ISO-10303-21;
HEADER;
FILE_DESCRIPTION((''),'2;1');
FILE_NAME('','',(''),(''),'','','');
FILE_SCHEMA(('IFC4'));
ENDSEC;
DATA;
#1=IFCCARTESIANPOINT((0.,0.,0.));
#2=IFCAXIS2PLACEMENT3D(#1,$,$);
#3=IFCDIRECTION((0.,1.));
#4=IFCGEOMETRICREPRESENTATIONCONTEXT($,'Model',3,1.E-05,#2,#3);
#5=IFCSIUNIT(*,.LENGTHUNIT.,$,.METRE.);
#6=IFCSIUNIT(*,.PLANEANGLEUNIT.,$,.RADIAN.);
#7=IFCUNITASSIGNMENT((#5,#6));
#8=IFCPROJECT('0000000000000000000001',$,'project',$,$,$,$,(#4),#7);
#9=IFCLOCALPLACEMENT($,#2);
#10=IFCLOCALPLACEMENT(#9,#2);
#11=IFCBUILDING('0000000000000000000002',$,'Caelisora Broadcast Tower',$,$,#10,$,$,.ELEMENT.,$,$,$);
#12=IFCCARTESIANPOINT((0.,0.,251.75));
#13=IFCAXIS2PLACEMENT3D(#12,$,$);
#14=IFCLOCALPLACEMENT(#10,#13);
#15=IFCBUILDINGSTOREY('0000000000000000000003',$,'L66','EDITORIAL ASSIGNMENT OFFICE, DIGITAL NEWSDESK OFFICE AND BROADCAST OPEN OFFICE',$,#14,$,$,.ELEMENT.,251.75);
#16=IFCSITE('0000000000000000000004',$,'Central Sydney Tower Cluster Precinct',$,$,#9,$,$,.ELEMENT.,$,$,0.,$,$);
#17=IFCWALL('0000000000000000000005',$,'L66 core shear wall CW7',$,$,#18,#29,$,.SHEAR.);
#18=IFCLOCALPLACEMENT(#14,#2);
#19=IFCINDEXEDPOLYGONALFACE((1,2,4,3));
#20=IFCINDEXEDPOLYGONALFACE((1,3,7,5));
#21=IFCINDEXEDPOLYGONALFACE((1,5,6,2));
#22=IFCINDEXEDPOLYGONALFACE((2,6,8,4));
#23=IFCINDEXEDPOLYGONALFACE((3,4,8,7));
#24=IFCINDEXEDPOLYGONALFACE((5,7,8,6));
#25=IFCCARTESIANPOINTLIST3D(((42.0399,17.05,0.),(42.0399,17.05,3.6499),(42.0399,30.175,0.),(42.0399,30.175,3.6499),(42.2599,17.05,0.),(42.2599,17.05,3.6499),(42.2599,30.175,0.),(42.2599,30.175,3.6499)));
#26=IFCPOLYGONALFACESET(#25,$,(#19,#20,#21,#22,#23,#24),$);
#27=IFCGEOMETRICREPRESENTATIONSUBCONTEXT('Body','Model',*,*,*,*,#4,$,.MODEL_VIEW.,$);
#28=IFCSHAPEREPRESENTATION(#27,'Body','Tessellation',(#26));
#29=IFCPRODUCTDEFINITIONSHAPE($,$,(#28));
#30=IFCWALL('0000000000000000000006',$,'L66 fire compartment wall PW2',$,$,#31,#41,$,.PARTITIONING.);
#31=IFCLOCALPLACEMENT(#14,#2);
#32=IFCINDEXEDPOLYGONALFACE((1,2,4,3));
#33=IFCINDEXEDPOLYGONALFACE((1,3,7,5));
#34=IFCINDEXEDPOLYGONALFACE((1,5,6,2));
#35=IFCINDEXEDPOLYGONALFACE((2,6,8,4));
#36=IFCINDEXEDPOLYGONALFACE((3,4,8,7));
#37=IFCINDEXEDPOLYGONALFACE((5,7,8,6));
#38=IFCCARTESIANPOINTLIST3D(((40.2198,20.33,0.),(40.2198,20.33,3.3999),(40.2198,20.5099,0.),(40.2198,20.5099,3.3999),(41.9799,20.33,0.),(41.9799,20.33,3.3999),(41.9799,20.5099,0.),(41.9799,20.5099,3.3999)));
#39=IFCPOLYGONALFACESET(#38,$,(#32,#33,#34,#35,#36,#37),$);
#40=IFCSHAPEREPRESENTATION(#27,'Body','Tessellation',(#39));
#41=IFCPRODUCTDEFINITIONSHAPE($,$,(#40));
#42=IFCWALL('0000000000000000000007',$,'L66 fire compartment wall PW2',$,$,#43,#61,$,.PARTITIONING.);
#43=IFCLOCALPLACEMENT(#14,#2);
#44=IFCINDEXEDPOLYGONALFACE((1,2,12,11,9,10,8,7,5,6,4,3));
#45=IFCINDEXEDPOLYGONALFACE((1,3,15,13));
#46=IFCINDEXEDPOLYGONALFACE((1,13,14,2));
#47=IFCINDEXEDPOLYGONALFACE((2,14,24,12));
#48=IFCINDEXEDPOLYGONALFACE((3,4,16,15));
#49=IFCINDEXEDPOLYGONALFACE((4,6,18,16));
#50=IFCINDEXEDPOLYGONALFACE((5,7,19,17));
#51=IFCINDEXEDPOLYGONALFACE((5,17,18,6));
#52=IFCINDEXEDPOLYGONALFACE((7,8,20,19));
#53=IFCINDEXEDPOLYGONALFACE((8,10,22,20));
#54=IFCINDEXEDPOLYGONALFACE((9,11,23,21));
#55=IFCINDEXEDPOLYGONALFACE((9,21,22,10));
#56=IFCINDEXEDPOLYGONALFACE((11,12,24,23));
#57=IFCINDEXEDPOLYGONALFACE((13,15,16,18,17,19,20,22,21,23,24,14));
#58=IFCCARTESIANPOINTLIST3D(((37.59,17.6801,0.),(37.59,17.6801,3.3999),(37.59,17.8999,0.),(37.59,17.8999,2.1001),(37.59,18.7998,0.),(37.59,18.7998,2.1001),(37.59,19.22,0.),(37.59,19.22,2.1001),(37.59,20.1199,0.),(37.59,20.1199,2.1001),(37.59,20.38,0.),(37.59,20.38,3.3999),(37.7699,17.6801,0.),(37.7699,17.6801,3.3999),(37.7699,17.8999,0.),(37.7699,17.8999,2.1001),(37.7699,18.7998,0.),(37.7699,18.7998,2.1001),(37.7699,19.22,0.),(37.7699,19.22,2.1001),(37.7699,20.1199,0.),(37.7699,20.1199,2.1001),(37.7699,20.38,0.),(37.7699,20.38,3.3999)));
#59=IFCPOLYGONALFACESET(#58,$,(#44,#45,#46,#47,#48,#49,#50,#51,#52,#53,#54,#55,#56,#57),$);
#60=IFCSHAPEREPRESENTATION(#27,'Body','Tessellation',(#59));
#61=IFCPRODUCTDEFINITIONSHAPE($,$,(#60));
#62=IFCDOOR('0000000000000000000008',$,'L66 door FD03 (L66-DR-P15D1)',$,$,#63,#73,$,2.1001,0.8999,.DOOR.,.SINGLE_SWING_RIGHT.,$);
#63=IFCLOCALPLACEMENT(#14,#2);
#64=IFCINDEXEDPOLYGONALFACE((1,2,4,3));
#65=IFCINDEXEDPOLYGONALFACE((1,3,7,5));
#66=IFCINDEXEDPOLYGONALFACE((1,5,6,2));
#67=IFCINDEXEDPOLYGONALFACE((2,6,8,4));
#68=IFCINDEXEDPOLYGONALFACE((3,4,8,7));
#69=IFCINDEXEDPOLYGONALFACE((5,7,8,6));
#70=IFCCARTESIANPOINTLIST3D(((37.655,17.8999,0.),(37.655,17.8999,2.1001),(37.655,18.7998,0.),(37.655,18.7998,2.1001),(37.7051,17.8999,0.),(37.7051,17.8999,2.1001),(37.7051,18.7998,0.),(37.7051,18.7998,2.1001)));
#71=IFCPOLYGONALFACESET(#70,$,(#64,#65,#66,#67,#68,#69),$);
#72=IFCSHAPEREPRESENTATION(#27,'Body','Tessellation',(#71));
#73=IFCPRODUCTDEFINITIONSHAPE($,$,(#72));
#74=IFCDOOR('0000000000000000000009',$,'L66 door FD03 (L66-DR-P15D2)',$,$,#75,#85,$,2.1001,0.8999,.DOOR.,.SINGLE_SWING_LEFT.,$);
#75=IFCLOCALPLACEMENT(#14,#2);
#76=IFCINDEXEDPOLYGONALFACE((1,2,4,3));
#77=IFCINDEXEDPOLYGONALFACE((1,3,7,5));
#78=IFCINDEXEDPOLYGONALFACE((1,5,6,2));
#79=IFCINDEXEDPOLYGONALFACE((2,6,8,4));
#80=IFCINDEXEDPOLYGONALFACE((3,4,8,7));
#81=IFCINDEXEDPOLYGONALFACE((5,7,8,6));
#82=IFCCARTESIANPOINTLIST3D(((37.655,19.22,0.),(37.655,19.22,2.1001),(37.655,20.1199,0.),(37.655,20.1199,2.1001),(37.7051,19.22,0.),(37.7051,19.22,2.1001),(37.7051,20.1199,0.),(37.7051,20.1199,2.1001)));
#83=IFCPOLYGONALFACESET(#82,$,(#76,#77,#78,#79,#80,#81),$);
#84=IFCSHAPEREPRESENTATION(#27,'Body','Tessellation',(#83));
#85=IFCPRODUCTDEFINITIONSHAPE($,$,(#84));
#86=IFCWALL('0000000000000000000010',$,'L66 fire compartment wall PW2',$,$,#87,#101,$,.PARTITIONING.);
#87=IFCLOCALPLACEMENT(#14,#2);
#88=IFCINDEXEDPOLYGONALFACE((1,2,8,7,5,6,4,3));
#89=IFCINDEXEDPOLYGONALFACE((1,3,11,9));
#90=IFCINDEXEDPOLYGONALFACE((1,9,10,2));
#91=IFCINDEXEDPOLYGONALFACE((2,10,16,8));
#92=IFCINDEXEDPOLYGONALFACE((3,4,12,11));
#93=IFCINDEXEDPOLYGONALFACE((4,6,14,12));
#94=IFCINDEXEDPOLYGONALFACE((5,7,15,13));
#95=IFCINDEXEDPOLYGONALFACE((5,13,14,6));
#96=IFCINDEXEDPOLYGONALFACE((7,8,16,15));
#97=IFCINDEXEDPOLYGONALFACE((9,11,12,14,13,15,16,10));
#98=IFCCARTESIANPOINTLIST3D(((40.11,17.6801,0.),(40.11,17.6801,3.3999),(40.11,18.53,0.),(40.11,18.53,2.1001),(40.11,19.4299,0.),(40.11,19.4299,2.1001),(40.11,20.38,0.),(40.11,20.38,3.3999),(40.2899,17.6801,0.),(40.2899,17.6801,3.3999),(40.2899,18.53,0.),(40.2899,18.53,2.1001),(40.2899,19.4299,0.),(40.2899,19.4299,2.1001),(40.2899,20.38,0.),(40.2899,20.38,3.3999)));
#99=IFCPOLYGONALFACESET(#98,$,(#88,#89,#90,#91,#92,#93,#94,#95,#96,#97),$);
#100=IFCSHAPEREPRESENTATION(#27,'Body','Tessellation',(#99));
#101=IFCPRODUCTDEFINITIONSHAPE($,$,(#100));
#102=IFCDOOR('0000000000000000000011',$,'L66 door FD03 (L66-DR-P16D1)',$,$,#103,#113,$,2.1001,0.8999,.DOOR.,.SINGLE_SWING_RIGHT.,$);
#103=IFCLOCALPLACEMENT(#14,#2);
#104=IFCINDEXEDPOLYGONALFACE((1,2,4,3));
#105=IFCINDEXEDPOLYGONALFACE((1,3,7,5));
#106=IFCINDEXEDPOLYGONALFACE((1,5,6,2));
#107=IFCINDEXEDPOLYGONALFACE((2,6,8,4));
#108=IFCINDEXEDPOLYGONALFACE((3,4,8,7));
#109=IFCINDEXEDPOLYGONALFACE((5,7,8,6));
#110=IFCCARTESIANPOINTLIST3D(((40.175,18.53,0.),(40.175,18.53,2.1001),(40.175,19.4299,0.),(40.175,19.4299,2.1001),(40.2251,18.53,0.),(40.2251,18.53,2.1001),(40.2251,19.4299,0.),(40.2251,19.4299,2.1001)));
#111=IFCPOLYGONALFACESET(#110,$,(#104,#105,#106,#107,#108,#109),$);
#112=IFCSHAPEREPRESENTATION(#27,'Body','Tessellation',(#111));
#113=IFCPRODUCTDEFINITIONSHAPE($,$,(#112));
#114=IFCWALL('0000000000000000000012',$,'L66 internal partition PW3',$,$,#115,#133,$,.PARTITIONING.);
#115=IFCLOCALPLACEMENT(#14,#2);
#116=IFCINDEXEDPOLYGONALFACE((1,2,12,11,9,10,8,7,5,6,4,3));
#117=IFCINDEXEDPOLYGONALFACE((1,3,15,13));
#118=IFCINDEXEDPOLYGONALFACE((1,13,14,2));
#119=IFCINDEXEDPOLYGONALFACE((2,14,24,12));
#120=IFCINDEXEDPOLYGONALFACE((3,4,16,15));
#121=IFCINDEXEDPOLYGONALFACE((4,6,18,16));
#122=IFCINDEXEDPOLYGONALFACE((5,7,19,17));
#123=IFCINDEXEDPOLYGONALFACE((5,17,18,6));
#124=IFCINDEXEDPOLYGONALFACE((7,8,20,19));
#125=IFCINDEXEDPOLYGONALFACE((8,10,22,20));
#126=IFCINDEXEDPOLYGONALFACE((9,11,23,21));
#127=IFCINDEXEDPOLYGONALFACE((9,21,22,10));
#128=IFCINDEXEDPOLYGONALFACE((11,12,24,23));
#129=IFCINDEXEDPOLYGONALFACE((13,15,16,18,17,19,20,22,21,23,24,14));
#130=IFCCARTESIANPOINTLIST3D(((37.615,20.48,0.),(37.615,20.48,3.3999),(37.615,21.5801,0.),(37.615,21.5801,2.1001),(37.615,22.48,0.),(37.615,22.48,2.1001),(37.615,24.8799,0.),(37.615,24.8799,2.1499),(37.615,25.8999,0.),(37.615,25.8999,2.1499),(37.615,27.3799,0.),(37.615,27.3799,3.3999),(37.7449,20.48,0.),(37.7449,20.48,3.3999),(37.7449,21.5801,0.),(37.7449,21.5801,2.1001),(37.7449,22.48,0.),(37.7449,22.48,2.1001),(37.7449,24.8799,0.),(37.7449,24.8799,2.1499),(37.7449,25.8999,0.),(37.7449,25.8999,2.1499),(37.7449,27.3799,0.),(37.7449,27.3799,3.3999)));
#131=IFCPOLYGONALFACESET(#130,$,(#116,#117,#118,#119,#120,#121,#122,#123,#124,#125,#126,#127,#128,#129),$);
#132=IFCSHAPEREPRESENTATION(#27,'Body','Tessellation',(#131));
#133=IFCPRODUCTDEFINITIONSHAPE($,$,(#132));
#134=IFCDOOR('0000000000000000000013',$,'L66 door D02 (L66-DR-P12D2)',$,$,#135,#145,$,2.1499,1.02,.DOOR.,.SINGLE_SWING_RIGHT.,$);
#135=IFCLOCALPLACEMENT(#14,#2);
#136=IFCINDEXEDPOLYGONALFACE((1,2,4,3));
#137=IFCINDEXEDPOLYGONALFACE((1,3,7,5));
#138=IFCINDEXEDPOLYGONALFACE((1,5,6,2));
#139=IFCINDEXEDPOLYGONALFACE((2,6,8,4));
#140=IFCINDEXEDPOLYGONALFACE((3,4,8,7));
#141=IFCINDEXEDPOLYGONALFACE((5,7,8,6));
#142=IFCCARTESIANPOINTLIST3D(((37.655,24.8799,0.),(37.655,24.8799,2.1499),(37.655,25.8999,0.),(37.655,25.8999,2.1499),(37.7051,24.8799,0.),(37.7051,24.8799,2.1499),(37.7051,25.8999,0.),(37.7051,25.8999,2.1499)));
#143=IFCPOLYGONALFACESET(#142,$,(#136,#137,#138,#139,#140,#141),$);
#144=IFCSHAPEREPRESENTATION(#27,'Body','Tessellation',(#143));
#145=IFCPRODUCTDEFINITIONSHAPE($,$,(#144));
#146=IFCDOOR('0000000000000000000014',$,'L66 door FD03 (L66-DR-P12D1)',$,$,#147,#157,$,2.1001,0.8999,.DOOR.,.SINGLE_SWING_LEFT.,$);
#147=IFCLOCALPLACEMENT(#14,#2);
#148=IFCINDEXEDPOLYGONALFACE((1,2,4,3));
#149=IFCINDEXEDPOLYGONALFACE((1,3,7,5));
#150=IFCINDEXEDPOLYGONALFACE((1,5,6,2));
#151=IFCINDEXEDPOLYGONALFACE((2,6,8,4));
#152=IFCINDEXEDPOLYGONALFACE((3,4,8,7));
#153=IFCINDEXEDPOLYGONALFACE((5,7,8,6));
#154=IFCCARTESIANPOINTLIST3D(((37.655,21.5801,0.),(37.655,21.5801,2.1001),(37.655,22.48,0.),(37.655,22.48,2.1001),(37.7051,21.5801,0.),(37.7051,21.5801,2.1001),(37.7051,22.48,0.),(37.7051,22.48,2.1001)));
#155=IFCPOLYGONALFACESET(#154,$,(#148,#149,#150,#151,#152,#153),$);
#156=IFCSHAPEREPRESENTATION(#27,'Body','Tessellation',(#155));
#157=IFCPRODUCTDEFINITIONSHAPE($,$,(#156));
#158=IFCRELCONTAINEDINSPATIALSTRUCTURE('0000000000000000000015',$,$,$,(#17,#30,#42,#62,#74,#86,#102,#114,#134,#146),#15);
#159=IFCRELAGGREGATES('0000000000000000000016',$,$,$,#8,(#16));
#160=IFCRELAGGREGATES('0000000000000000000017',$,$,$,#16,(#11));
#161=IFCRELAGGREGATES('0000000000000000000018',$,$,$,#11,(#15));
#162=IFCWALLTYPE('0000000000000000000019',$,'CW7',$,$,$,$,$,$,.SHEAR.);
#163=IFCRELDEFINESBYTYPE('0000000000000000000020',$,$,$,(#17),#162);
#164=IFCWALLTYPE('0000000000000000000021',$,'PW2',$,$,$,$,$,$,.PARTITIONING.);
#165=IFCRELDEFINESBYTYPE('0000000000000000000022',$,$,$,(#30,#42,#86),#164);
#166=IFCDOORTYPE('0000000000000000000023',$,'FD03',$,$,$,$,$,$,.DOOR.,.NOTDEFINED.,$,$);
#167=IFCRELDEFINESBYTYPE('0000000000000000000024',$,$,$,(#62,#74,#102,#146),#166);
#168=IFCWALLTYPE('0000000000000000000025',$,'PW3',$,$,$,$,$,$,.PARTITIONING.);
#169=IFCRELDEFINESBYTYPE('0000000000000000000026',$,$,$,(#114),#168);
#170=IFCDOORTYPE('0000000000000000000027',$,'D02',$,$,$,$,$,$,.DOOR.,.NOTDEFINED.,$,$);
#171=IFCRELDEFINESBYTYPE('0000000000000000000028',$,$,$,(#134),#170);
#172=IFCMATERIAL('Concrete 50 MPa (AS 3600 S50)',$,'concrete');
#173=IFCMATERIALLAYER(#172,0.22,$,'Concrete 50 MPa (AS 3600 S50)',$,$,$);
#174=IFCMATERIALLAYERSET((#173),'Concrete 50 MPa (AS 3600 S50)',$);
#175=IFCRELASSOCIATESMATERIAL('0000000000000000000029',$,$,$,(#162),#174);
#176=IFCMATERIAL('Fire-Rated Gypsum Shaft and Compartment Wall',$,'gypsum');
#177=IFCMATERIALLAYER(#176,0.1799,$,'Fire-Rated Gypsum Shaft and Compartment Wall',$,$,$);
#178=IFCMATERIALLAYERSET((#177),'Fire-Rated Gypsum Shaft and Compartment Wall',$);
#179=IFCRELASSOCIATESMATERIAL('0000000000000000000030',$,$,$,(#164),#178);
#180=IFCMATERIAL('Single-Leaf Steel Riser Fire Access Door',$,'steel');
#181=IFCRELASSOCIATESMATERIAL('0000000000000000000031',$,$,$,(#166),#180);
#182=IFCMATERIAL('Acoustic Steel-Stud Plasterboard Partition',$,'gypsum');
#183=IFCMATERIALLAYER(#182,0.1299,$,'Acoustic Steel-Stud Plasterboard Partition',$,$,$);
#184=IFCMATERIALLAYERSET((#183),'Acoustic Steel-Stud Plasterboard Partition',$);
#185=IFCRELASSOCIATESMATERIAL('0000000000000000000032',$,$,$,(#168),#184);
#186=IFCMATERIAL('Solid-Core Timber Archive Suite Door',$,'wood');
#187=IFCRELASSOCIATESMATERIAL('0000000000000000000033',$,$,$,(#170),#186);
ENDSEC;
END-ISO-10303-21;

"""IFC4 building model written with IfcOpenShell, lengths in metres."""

from ifc_helpers import new_model, si_unit, direction, frame, frame_2d, origin, place, context, subcontext, project, spatial, rectangle, extrude, material, layer, layer_set, type_object, element, fill, save


model = new_model("IFC4")

# Units and contexts
model_context = context("Model", 3, precision=1e-05, world=origin(), true_north=direction((0.0, 1.0)))
body_context = subcontext(model_context, "Body", "Model", "MODEL_VIEW")
ifc_project = project(units=[si_unit("LENGTHUNIT", "METRE"), si_unit("PLANEANGLEUNIT", "RADIAN")], contexts=[model_context])

# Site, building, storey
site_placement = place(None, origin())
site = spatial("IfcSite", under=ifc_project, at=site_placement, Name="Central Sydney Tower Cluster Precinct", CompositionType="ELEMENT", RefElevation=0.0)
building_placement = place(site_placement, origin())
building = spatial("IfcBuilding", under=site, at=building_placement, Name="Caelisora Broadcast Tower", CompositionType="ELEMENT")
storey_placement = place(building_placement, frame((0.0, 0.0, 251.75)))
storey = spatial("IfcBuildingStorey", under=building, at=storey_placement, Name="L66", Description="EDITORIAL ASSIGNMENT OFFICE, DIGITAL NEWSDESK OFFICE AND BROADCAST OPEN OFFICE", CompositionType="ELEMENT", Elevation=251.75)

# Walls
ifc_material_1 = material(Name="Concrete 50 MPa (AS 3600 S50)", Category="concrete")
ifc_layer_1 = layer(ifc_material_1, 0.22, Name="Concrete 50 MPa (AS 3600 S50)")
ifc_layer_set_1 = layer_set([ifc_layer_1], Name="Concrete 50 MPa (AS 3600 S50)")
wall_type_1 = type_object("IfcWallType", Name="CW7", PredefinedType="SHEAR", material=ifc_layer_set_1)
wall_1_placement = place(storey_placement, frame((42.1499, 17.05, 0.0), z_axis=(0.0, 0.0, 1.0), x_axis=(0.0, 1.0, 0.0)))
element("IfcWall", 1, at=wall_1_placement, inside=storey, type_object=wall_type_1, Name="L66 core shear wall CW7", PredefinedType="SHEAR", context=body_context, shape_type="SweptSolid", body=[
    extrude(rectangle(XDim=13.125, YDim=0.22, at=frame_2d((6.5625, 0.0))), origin(), (0.0, 0.0, 1.0), 3.6499),
])
ifc_material_2 = material(Name="Fire-Rated Gypsum Shaft and Compartment Wall", Category="gypsum")
ifc_layer_2 = layer(ifc_material_2, 0.1799, Name="Fire-Rated Gypsum Shaft and Compartment Wall")
ifc_layer_set_2 = layer_set([ifc_layer_2], Name="Fire-Rated Gypsum Shaft and Compartment Wall")
wall_type_2 = type_object("IfcWallType", Name="PW2", PredefinedType="PARTITIONING", material=ifc_layer_set_2)
wall_2_placement = place(storey_placement, frame((40.22, 20.4199, 0.0), z_axis=(0.0, 0.0, 1.0), x_axis=(1.0, 0.0, 0.0)))
element("IfcWall", 2, at=wall_2_placement, inside=storey, type_object=wall_type_2, Name="L66 fire compartment wall PW2", PredefinedType="PARTITIONING", context=body_context, shape_type="SweptSolid", body=[
    extrude(rectangle(XDim=1.76, YDim=0.1799, at=frame_2d((0.8799, 0.0))), origin(), (0.0, 0.0, 1.0), 3.3999),
])

# Wall, openings, doors
wall_3_placement = place(storey_placement, frame((37.6799, 17.6799, 0.0), z_axis=(0.0, 0.0, 1.0), x_axis=(0.0, 1.0, 0.0)))
wall_3 = element("IfcWall", 3, at=wall_3_placement, inside=storey, type_object=wall_type_2, Name="L66 fire compartment wall PW2", PredefinedType="PARTITIONING", context=body_context, shape_type="SweptSolid", body=[
    extrude(rectangle(XDim=2.7, YDim=0.1799, at=frame_2d((1.3501, 0.0))), origin(), (0.0, 0.0, 1.0), 3.3999),
])
opening_1_placement = place(wall_3_placement, frame((0.22, 0.0, 0.0)))
opening_1 = element("IfcOpeningElement", 4, at=opening_1_placement, cuts=wall_3, PredefinedType="OPENING", context=body_context, shape_type="SweptSolid", body=[
    extrude(rectangle(XDim=0.8999, YDim=2.1001, at=frame_2d((0.45, 1.05))), frame((0.0, 0.1021, 0.0), z_axis=(0.0, -1.0, 0.0), x_axis=(1.0, 0.0, 0.0)), (0.0, 0.0, 1.0), 0.2039),
])
opening_2_placement = place(wall_3_placement, frame((1.54, 0.0, 0.0)))
opening_2 = element("IfcOpeningElement", 5, at=opening_2_placement, cuts=wall_3, PredefinedType="OPENING", context=body_context, shape_type="SweptSolid", body=[
    extrude(rectangle(XDim=0.8999, YDim=2.1001, at=frame_2d((0.45, 1.05))), frame((0.0, 0.1021, 0.0), z_axis=(0.0, -1.0, 0.0), x_axis=(1.0, 0.0, 0.0)), (0.0, 0.0, 1.0), 0.2039),
])
ifc_material_3 = material(Name="Single-Leaf Steel Riser Fire Access Door", Category="steel")
door_type_1 = type_object("IfcDoorType", Name="FD03", OperationType="NOTDEFINED", PredefinedType="DOOR", material=ifc_material_3)
door_1_placement = place(opening_1_placement, origin())
door_1 = element("IfcDoor", 6, at=door_1_placement, inside=storey, type_object=door_type_1, Name="L66 door FD03 (L66-DR-P15D1)", OperationType="SINGLE_SWING_RIGHT", OverallHeight=2.1001, OverallWidth=0.8999, PredefinedType="DOOR", context=body_context, shape_type="SweptSolid", body=[
    extrude(rectangle(XDim=0.8999, YDim=2.1001, at=frame_2d((0.45, 1.05))), frame((0.0, 0.0249, 0.0), z_axis=(0.0, -1.0, 0.0), x_axis=(1.0, 0.0, 0.0)), (0.0, 0.0, 1.0), 0.05),
])
fill(opening_1, door_1)
door_2_placement = place(opening_2_placement, origin())
door_2 = element("IfcDoor", 7, at=door_2_placement, inside=storey, type_object=door_type_1, Name="L66 door FD03 (L66-DR-P15D2)", OperationType="SINGLE_SWING_LEFT", OverallHeight=2.1001, OverallWidth=0.8999, PredefinedType="DOOR", context=body_context, shape_type="SweptSolid", body=[
    extrude(rectangle(XDim=0.8999, YDim=2.1001, at=frame_2d((0.45, 1.05))), frame((0.0, 0.0249, 0.0), z_axis=(0.0, -1.0, 0.0), x_axis=(1.0, 0.0, 0.0)), (0.0, 0.0, 1.0), 0.05),
])
fill(opening_2, door_2)

# Wall, opening, door
wall_4_placement = place(storey_placement, frame((40.2, 17.6799, 0.0), z_axis=(0.0, 0.0, 1.0), x_axis=(0.0, 1.0, 0.0)))
wall_4 = element("IfcWall", 8, at=wall_4_placement, inside=storey, type_object=wall_type_2, Name="L66 fire compartment wall PW2", PredefinedType="PARTITIONING", context=body_context, shape_type="SweptSolid", body=[
    extrude(rectangle(XDim=2.7, YDim=0.1799, at=frame_2d((1.3501, 0.0))), origin(), (0.0, 0.0, 1.0), 3.3999),
])
opening_3_placement = place(wall_4_placement, frame((0.8501, 0.0, 0.0)))
opening_3 = element("IfcOpeningElement", 9, at=opening_3_placement, cuts=wall_4, PredefinedType="OPENING", context=body_context, shape_type="SweptSolid", body=[
    extrude(rectangle(XDim=0.8999, YDim=2.1001, at=frame_2d((0.45, 1.05))), frame((0.0, 0.1021, 0.0), z_axis=(0.0, -1.0, 0.0), x_axis=(1.0, 0.0, 0.0)), (0.0, 0.0, 1.0), 0.2039),
])
door_3_placement = place(opening_3_placement, origin())
door_3 = element("IfcDoor", 10, at=door_3_placement, inside=storey, type_object=door_type_1, Name="L66 door FD03 (L66-DR-P16D1)", OperationType="SINGLE_SWING_RIGHT", OverallHeight=2.1001, OverallWidth=0.8999, PredefinedType="DOOR", context=body_context, shape_type="SweptSolid", body=[
    extrude(rectangle(XDim=0.8999, YDim=2.1001, at=frame_2d((0.45, 1.05))), frame((0.0, 0.0249, 0.0), z_axis=(0.0, -1.0, 0.0), x_axis=(1.0, 0.0, 0.0)), (0.0, 0.0, 1.0), 0.05),
])
fill(opening_3, door_3)

# Wall, openings, doors
ifc_material_4 = material(Name="Acoustic Steel-Stud Plasterboard Partition", Category="gypsum")
ifc_layer_3 = layer(ifc_material_4, 0.1299, Name="Acoustic Steel-Stud Plasterboard Partition")
ifc_layer_set_3 = layer_set([ifc_layer_3], Name="Acoustic Steel-Stud Plasterboard Partition")
wall_type_3 = type_object("IfcWallType", Name="PW3", PredefinedType="PARTITIONING", material=ifc_layer_set_3)
wall_5_placement = place(storey_placement, frame((37.6799, 20.48, 0.0), z_axis=(0.0, 0.0, 1.0), x_axis=(0.0, 1.0, 0.0)))
wall_5 = element("IfcWall", 11, at=wall_5_placement, inside=storey, type_object=wall_type_3, Name="L66 internal partition PW3", PredefinedType="PARTITIONING", context=body_context, shape_type="SweptSolid", body=[
    extrude(rectangle(XDim=6.8999, YDim=0.1299, at=frame_2d((3.45, 0.0))), origin(), (0.0, 0.0, 1.0), 3.3999),
])
opening_4_placement = place(wall_5_placement, frame((1.1001, 0.0, 0.0)))
opening_4 = element("IfcOpeningElement", 12, at=opening_4_placement, cuts=wall_5, PredefinedType="OPENING", context=body_context, shape_type="SweptSolid", body=[
    extrude(rectangle(XDim=0.8999, YDim=2.1001, at=frame_2d((0.45, 1.05))), frame((0.0, 0.0769, 0.0), z_axis=(0.0, -1.0, 0.0), x_axis=(1.0, 0.0, 0.0)), (0.0, 0.0, 1.0), 0.1538),
])
opening_5_placement = place(wall_5_placement, frame((4.3999, 0.0, 0.0)))
opening_5 = element("IfcOpeningElement", 13, at=opening_5_placement, cuts=wall_5, PredefinedType="OPENING", context=body_context, shape_type="SweptSolid", body=[
    extrude(rectangle(XDim=1.02, YDim=2.1499, at=frame_2d((0.51, 1.075))), frame((0.0, 0.0769, 0.0), z_axis=(0.0, -1.0, 0.0), x_axis=(1.0, 0.0, 0.0)), (0.0, 0.0, 1.0), 0.1538),
])
ifc_material_5 = material(Name="Solid-Core Timber Archive Suite Door", Category="wood")
door_type_2 = type_object("IfcDoorType", Name="D02", OperationType="NOTDEFINED", PredefinedType="DOOR", material=ifc_material_5)
door_4_placement = place(opening_5_placement, origin())
door_4 = element("IfcDoor", 14, at=door_4_placement, inside=storey, type_object=door_type_2, Name="L66 door D02 (L66-DR-P12D2)", OperationType="SINGLE_SWING_RIGHT", OverallHeight=2.1499, OverallWidth=1.02, PredefinedType="DOOR", context=body_context, shape_type="SweptSolid", body=[
    extrude(rectangle(XDim=1.02, YDim=2.1499, at=frame_2d((0.51, 1.075))), frame((0.0, 0.0249, 0.0), z_axis=(0.0, -1.0, 0.0), x_axis=(1.0, 0.0, 0.0)), (0.0, 0.0, 1.0), 0.05),
])
fill(opening_5, door_4)
door_5_placement = place(opening_4_placement, origin())
door_5 = element("IfcDoor", 15, at=door_5_placement, inside=storey, type_object=door_type_1, Name="L66 door FD03 (L66-DR-P12D1)", OperationType="SINGLE_SWING_LEFT", OverallHeight=2.1001, OverallWidth=0.8999, PredefinedType="DOOR", context=body_context, shape_type="SweptSolid", body=[
    extrude(rectangle(XDim=0.8999, YDim=2.1001, at=frame_2d((0.45, 1.05))), frame((0.0, 0.0249, 0.0), z_axis=(0.0, -1.0, 0.0), x_axis=(1.0, 0.0, 0.0)), (0.0, 0.0, 1.0), 0.05),
])
fill(opening_4, door_5)

save(model, "model.ifc")
